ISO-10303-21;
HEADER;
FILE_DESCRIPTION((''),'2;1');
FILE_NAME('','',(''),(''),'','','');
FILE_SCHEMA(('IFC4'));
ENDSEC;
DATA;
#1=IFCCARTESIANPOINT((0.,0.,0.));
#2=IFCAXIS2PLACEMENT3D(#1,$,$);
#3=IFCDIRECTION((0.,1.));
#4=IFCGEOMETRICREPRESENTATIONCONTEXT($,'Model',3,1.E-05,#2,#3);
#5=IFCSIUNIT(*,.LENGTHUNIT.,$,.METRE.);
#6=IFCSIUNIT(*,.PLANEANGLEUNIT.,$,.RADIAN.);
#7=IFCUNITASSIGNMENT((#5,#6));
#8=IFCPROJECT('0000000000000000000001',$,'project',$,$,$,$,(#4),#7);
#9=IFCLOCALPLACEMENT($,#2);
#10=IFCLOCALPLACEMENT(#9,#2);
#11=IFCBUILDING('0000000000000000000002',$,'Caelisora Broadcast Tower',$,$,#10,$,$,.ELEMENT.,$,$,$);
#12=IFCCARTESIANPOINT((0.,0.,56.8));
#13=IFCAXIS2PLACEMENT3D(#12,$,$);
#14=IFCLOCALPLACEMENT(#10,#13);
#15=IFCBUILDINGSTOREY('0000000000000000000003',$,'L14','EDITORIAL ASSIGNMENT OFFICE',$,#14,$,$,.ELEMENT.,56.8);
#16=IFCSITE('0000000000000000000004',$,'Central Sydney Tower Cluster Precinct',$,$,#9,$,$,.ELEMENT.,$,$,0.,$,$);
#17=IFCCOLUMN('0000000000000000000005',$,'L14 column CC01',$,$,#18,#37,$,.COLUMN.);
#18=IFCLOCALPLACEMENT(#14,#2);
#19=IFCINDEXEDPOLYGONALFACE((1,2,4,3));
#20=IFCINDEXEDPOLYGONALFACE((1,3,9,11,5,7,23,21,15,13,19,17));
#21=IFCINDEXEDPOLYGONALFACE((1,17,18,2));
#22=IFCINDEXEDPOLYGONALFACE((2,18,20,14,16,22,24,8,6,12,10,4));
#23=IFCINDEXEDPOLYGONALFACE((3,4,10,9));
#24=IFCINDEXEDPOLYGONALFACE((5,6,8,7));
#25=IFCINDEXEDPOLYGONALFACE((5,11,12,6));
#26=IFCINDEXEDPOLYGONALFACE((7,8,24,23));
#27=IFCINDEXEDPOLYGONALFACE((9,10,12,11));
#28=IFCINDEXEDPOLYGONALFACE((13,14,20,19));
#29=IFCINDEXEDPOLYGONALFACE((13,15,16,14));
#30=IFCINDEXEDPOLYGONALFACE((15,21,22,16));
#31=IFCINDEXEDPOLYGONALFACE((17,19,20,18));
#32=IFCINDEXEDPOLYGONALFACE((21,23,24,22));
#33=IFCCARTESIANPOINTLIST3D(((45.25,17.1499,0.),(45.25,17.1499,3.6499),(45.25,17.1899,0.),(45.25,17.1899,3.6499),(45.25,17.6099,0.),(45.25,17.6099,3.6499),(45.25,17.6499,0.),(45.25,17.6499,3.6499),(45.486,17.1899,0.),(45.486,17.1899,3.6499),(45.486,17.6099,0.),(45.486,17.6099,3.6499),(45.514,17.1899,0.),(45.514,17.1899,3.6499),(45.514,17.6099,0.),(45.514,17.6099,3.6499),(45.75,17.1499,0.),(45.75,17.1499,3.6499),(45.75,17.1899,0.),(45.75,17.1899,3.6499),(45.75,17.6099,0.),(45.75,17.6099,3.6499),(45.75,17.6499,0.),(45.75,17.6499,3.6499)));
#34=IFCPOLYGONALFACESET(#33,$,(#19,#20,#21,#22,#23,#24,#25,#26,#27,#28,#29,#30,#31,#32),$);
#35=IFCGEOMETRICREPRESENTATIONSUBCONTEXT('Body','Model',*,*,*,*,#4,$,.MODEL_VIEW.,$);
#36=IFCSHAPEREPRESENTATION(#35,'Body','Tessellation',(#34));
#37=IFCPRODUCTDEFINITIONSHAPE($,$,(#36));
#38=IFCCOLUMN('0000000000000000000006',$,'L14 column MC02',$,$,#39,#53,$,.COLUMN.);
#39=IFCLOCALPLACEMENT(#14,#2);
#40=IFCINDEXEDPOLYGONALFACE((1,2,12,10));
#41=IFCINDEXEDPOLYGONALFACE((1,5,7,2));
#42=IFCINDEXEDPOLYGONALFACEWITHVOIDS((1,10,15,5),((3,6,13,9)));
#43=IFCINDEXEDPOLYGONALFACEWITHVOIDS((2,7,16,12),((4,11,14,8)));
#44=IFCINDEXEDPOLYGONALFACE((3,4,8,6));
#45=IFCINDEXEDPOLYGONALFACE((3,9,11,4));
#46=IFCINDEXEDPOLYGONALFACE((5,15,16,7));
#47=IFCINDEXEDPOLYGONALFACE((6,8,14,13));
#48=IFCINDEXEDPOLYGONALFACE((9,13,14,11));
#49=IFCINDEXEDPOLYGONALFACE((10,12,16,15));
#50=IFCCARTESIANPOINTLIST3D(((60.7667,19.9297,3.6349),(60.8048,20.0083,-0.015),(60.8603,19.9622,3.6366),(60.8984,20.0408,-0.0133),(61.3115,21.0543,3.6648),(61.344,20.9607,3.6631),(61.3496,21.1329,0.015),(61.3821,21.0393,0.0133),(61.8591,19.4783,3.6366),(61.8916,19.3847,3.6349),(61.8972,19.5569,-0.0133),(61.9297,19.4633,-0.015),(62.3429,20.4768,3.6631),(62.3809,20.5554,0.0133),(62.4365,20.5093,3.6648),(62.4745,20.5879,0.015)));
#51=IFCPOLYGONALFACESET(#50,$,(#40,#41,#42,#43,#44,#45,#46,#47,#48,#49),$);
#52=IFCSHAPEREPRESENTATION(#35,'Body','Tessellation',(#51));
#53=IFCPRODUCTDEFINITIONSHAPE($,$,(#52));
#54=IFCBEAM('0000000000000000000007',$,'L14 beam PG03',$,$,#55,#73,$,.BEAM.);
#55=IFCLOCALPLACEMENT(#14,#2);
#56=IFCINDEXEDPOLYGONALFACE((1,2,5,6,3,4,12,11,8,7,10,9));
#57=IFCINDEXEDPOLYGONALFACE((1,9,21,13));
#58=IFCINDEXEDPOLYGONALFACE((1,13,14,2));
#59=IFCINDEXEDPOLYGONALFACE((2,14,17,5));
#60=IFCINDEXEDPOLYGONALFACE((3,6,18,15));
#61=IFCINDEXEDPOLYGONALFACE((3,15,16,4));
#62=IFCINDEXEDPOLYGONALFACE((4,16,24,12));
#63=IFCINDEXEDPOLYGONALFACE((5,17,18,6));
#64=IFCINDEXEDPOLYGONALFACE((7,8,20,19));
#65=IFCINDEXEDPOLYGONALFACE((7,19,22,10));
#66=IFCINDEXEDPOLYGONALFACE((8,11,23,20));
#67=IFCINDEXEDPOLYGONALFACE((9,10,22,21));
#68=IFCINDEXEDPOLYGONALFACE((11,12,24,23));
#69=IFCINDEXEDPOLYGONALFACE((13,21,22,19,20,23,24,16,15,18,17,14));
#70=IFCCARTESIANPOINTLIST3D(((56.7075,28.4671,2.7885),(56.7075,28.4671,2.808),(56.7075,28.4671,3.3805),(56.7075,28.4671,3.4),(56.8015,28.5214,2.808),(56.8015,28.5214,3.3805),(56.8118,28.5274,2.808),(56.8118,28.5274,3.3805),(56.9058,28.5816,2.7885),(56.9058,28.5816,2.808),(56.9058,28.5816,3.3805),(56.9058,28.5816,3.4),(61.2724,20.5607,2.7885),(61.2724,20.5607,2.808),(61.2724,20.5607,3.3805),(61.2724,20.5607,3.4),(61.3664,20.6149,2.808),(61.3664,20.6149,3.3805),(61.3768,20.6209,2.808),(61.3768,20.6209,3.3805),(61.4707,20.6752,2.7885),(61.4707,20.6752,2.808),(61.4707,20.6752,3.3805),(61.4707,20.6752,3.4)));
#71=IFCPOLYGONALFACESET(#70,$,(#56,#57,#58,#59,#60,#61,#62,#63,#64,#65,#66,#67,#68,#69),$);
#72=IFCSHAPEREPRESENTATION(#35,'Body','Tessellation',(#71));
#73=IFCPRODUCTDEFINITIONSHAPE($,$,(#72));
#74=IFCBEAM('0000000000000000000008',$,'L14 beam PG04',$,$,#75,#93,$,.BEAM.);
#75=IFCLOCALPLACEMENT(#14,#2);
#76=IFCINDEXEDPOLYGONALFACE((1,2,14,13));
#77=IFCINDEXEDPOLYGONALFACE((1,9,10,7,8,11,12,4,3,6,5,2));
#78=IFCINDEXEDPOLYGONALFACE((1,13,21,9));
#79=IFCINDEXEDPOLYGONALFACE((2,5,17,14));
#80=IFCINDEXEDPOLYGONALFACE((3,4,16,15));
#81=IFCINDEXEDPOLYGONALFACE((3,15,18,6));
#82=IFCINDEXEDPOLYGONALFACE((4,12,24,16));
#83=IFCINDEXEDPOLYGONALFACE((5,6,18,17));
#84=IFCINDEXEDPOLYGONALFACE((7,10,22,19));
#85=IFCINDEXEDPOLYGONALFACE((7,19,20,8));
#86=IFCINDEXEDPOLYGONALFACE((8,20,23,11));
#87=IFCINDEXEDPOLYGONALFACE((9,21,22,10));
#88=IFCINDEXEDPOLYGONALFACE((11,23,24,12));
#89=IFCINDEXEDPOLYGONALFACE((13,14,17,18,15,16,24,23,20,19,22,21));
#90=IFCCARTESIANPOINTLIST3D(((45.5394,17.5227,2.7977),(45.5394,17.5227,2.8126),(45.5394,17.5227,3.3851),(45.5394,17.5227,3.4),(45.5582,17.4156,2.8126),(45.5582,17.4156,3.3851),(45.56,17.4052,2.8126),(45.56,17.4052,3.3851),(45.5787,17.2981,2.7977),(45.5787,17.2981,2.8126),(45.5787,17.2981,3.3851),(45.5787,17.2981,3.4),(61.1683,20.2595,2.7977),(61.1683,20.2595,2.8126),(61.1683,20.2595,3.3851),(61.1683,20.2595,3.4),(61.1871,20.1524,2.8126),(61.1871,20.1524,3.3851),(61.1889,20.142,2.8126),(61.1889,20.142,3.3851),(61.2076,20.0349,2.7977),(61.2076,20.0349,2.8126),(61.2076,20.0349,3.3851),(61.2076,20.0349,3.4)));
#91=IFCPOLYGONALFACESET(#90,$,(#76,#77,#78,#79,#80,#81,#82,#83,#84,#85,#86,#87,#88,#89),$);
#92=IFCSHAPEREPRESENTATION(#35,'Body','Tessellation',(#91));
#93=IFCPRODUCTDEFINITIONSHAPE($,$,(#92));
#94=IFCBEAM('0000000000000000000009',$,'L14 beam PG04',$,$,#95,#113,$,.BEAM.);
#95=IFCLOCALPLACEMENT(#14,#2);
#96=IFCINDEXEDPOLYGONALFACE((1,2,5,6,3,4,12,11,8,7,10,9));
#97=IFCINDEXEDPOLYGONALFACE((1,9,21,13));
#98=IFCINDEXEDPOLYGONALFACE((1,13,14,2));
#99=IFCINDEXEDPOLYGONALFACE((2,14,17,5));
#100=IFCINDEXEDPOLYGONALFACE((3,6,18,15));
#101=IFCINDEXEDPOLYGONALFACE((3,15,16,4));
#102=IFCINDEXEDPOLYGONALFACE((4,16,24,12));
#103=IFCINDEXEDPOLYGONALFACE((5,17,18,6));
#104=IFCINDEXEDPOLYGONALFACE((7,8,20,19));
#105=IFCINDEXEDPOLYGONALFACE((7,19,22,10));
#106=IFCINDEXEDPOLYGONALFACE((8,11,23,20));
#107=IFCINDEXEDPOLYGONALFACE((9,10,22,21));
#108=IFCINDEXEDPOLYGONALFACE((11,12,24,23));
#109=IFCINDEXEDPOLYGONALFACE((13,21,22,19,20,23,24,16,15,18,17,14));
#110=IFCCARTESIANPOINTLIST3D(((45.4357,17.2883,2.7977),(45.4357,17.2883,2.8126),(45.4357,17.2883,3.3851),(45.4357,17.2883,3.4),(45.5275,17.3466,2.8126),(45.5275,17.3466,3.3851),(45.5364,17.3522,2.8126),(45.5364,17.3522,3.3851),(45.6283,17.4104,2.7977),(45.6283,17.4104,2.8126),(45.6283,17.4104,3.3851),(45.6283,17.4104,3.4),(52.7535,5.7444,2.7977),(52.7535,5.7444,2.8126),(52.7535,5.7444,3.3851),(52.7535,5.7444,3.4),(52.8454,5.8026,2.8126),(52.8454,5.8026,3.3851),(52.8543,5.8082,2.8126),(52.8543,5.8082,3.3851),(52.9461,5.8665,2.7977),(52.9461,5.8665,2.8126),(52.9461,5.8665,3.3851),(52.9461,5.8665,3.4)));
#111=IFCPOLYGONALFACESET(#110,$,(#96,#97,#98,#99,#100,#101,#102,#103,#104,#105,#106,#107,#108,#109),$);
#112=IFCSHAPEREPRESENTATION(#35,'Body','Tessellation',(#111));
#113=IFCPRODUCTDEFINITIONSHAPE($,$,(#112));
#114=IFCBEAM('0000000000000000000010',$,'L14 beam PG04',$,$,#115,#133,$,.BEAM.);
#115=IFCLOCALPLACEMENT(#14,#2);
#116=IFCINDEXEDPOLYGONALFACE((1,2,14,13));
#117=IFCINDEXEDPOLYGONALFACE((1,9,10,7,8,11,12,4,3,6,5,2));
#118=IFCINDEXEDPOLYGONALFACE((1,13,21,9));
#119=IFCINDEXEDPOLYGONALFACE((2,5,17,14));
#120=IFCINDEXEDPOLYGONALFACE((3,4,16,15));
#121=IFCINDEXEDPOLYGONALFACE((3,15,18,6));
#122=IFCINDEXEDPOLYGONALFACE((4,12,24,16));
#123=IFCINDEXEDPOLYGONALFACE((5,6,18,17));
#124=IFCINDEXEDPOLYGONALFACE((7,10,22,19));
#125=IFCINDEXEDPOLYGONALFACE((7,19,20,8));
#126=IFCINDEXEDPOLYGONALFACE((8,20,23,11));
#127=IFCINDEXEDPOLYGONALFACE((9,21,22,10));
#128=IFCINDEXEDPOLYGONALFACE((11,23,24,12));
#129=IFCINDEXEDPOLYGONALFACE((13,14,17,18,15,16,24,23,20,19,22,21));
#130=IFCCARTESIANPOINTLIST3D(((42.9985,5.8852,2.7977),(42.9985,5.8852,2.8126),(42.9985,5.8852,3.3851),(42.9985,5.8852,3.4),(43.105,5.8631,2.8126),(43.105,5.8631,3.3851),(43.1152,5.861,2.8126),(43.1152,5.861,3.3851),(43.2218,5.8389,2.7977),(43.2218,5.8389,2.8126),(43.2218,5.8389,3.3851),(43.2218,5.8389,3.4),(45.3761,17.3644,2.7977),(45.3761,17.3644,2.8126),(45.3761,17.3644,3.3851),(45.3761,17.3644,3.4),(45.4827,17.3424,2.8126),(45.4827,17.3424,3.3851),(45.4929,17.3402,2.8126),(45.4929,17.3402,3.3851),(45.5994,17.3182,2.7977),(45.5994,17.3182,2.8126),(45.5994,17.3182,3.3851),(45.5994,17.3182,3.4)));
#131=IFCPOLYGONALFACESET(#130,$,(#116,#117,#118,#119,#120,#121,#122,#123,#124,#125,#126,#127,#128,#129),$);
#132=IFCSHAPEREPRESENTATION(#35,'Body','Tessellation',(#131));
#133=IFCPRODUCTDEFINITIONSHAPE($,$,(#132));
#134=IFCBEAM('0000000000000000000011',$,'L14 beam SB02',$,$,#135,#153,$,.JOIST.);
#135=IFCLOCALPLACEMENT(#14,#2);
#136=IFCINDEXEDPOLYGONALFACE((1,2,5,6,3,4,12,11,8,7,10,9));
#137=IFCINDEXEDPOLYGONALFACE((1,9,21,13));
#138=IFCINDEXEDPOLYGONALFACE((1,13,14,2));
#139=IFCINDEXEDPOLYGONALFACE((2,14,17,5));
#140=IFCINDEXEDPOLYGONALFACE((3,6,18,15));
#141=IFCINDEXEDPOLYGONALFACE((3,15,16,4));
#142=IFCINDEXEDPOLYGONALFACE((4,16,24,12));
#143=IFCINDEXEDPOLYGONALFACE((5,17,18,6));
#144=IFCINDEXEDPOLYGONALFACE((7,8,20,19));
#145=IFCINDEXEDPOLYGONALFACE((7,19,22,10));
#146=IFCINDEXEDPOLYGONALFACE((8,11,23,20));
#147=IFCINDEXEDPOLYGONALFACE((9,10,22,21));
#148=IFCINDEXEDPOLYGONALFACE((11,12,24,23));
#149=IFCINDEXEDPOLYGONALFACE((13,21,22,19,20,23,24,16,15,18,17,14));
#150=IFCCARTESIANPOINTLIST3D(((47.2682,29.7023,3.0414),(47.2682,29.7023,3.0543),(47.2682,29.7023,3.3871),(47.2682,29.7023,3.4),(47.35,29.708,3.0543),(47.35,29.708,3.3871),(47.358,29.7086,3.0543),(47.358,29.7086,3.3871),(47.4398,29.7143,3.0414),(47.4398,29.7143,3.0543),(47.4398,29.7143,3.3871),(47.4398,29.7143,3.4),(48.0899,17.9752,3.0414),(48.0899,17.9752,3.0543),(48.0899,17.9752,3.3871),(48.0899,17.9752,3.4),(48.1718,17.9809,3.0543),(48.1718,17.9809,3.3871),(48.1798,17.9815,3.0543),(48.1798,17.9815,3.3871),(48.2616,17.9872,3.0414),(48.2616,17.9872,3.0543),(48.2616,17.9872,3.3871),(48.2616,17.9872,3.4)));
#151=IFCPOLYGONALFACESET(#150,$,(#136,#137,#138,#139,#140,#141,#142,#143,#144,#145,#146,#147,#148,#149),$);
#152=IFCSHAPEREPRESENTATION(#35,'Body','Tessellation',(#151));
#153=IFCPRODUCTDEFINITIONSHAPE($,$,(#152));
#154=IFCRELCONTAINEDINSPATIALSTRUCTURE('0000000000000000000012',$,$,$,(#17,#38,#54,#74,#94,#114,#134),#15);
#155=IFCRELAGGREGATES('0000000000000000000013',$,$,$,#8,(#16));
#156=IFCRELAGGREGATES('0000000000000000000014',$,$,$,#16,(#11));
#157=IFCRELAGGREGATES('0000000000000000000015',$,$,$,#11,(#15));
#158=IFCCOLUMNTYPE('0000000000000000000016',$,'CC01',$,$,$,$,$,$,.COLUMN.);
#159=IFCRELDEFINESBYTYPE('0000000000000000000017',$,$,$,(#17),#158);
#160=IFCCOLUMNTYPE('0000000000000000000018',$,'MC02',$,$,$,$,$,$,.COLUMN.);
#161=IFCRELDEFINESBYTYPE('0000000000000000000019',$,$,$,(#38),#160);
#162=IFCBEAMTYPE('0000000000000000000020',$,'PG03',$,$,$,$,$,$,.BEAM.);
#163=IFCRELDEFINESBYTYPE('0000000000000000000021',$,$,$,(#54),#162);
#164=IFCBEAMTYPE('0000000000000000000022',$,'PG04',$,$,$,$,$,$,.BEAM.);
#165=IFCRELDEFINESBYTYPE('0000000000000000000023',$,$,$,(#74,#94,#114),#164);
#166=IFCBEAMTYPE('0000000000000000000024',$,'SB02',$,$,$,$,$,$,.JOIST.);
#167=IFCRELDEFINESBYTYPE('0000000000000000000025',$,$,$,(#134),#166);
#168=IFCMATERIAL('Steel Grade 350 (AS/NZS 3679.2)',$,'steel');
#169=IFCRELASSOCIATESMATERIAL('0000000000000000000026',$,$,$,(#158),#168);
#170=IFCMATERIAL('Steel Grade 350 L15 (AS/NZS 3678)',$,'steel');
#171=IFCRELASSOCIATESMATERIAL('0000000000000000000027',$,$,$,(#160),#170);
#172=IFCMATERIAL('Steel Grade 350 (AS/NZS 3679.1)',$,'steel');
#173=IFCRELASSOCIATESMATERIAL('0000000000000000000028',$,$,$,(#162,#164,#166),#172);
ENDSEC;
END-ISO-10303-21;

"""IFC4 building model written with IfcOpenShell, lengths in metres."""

from ifc_helpers import new_model, si_unit, direction, frame, origin, origin_2d, place, context, subcontext, project, spatial, hollow_rectangle, i_section, extrude, source, transform, mapped, material, material_profile, profile_set, type_object, type_shapes, element, save


model = new_model("IFC4")

# Units and contexts
model_context = context("Model", 3, precision=1e-05, world=origin(), true_north=direction((0.0, 1.0)))
body_context = subcontext(model_context, "Body", "Model", "MODEL_VIEW")
ifc_project = project(units=[si_unit("LENGTHUNIT", "METRE"), si_unit("PLANEANGLEUNIT", "RADIAN")], contexts=[model_context])

# Site, building, storey
site_placement = place(None, origin())
site = spatial("IfcSite", under=ifc_project, at=site_placement, Name="Central Sydney Tower Cluster Precinct", CompositionType="ELEMENT", RefElevation=0.0)
building_placement = place(site_placement, origin())
building = spatial("IfcBuilding", under=site, at=building_placement, Name="Caelisora Broadcast Tower", CompositionType="ELEMENT")
storey_placement = place(building_placement, frame((0.0, 0.0, 56.8)))
storey = spatial("IfcBuildingStorey", under=building, at=storey_placement, Name="L14", Description="EDITORIAL ASSIGNMENT OFFICE", CompositionType="ELEMENT", Elevation=56.8)

# Columns
ifc_material_1 = material(Name="Steel Grade 350 (AS/NZS 3679.2)", Category="steel")
ifc_material_profile_1 = material_profile(ifc_material_1, i_section(OverallWidth=0.5, OverallDepth=0.5, WebThickness=0.0281, FlangeThickness=0.04, at=origin_2d()), Name="Steel Grade 350 (AS/NZS 3679.2)")
ifc_profile_set_1 = profile_set([ifc_material_profile_1], Name="Steel Grade 350 (AS/NZS 3679.2)")
column_type_1 = type_object("IfcColumnType", Name="CC01", PredefinedType="COLUMN", material=ifc_profile_set_1)
shared_shape_1 = source(origin(), body_context, "Body", "SweptSolid", [
    extrude(i_section(OverallWidth=0.5, OverallDepth=0.5, WebThickness=0.0281, FlangeThickness=0.04, at=origin_2d()), origin(), (0.0, 0.0, 1.0), 3.6499),
])
type_shapes(column_type_1, [shared_shape_1])
column_1_placement = place(storey_placement, frame((45.5, 17.3999, 0.0), z_axis=(0.0, 0.0, 1.0), x_axis=(1.0, 0.0, 0.0)))
element("IfcColumn", 1, at=column_1_placement, inside=storey, type_object=column_type_1, Name="L14 column CC01", PredefinedType="COLUMN", context=body_context, shape_type="MappedRepresentation", body=[
    mapped(shared_shape_1, transform((0.0, 0.0, 0.0), scale=1.0)),
])
ifc_material_2 = material(Name="Steel Grade 350 L15 (AS/NZS 3678)", Category="steel")
ifc_material_profile_2 = material_profile(ifc_material_2, hollow_rectangle(XDim=1.25, YDim=1.25, WallThickness=0.0701, at=origin_2d()), Name="Steel Grade 350 L15 (AS/NZS 3678)")
ifc_profile_set_2 = profile_set([ifc_material_profile_2], Name="Steel Grade 350 L15 (AS/NZS 3678)")
column_type_2 = type_object("IfcColumnType", Name="MC02", PredefinedType="COLUMN", material=ifc_profile_set_2)
shared_shape_2 = source(origin(), body_context, "Body", "SweptSolid", [
    extrude(hollow_rectangle(XDim=1.25, YDim=1.25, WallThickness=0.0701, at=origin_2d()), origin(), (0.0, 0.0, 1.0), 3.6509),
])
type_shapes(column_type_2, [shared_shape_2])
column_2_placement = place(storey_placement, frame((61.6396, 20.2981, 0.0), z_axis=(-0.010432, -0.021532, 0.999714), x_axis=(0.899947, -0.435999, 0.0)))
element("IfcColumn", 2, at=column_2_placement, inside=storey, type_object=column_type_2, Name="L14 column MC02", PredefinedType="COLUMN", context=body_context, shape_type="MappedRepresentation", body=[
    mapped(shared_shape_2, transform((0.0, 0.0, 0.0), scale=1.0)),
])

# Beams
ifc_material_3 = material(Name="Steel Grade 350 (AS/NZS 3679.1)", Category="steel")
ifc_material_profile_3 = material_profile(ifc_material_3, i_section(OverallWidth=0.229, OverallDepth=0.6116, WebThickness=0.012, FlangeThickness=0.0195, at=origin_2d()), Name="Steel Grade 350 (AS/NZS 3679.1)")
ifc_profile_set_3 = profile_set([ifc_material_profile_3], Name="Steel Grade 350 (AS/NZS 3679.1)")
beam_type_1 = type_object("IfcBeamType", Name="PG03", PredefinedType="BEAM", material=ifc_profile_set_3)
shared_shape_3 = source(origin(), body_context, "Body", "SweptSolid", [
    extrude(i_section(OverallWidth=0.229, OverallDepth=0.6116, WebThickness=0.012, FlangeThickness=0.0195, at=origin_2d()), origin(), (0.0, 0.0, 1.0), 9.1296),
])
type_shapes(beam_type_1, [shared_shape_3])
beam_1_placement = place(storey_placement, frame((61.3716, 20.6179, 3.0942), z_axis=(-0.50001, 0.866019, 0.0), x_axis=(-0.866019, -0.50001, 0.0)))
element("IfcBeam", 3, at=beam_1_placement, inside=storey, type_object=beam_type_1, Name="L14 beam PG03", PredefinedType="BEAM", context=body_context, shape_type="MappedRepresentation", body=[
    mapped(shared_shape_3, transform((0.0, 0.0, 0.0), scale=1.0)),
])
ifc_material_profile_4 = material_profile(ifc_material_3, i_section(OverallWidth=0.228, OverallDepth=0.6023, WebThickness=0.0105, FlangeThickness=0.0149, at=origin_2d()), Name="Steel Grade 350 (AS/NZS 3679.1)")
ifc_profile_set_4 = profile_set([ifc_material_profile_4], Name="Steel Grade 350 (AS/NZS 3679.1)")
beam_type_2 = type_object("IfcBeamType", Name="PG04", PredefinedType="BEAM", material=ifc_profile_set_4)
shared_shape_4 = source(origin(), body_context, "Body", "SweptSolid", [
    extrude(i_section(OverallWidth=0.228, OverallDepth=0.6023, WebThickness=0.0105, FlangeThickness=0.0149, at=origin_2d()), origin(), (0.0, 0.0, 1.0), 15.8667),
])
beam_2_placement = place(storey_placement, frame((45.5591, 17.4104, 3.0989), z_axis=(0.985012, 0.172488, 0.0), x_axis=(-0.172488, 0.985012, 0.0)))
element("IfcBeam", 4, at=beam_2_placement, inside=storey, type_object=beam_type_2, Name="L14 beam PG04", PredefinedType="BEAM", context=body_context, shape_type="MappedRepresentation", body=[
    mapped(shared_shape_4, transform((0.0, 0.0, 0.0), scale=1.0)),
])
shared_shape_5 = source(origin(), body_context, "Body", "SweptSolid", [
    extrude(i_section(OverallWidth=0.228, OverallDepth=0.6023, WebThickness=0.0105, FlangeThickness=0.0149, at=origin_2d()), origin(), (0.0, 0.0, 1.0), 13.668),
])
beam_3_placement = place(storey_placement, frame((45.532, 17.3494, 3.0989), z_axis=(0.535402, -0.844597, 0.0), x_axis=(0.844597, 0.535402, 0.0)))
element("IfcBeam", 5, at=beam_3_placement, inside=storey, type_object=beam_type_2, Name="L14 beam PG04", PredefinedType="BEAM", context=body_context, shape_type="MappedRepresentation", body=[
    mapped(shared_shape_5, transform((0.0, 0.0, 0.0), scale=1.0)),
])
shared_shape_6 = source(origin(), body_context, "Body", "SweptSolid", [
    extrude(i_section(OverallWidth=0.228, OverallDepth=0.6023, WebThickness=0.0105, FlangeThickness=0.0149, at=origin_2d()), origin(), (0.0, 0.0, 1.0), 11.7229),
])
type_shapes(beam_type_2, [shared_shape_4, shared_shape_5, shared_shape_6])
beam_4_placement = place(storey_placement, frame((45.4878, 17.3413, 3.0989), z_axis=(-0.202824, -0.979215, 0.0), x_axis=(0.979215, -0.202824, 0.0)))
element("IfcBeam", 6, at=beam_4_placement, inside=storey, type_object=beam_type_2, Name="L14 beam PG04", PredefinedType="BEAM", context=body_context, shape_type="MappedRepresentation", body=[
    mapped(shared_shape_6, transform((0.0, 0.0, 0.0), scale=1.0)),
])
ifc_material_profile_5 = material_profile(ifc_material_3, i_section(OverallWidth=0.1721, OverallDepth=0.3586, WebThickness=0.0081, FlangeThickness=0.0129, at=origin_2d()), Name="Steel Grade 350 (AS/NZS 3679.1)")
ifc_profile_set_5 = profile_set([ifc_material_profile_5], Name="Steel Grade 350 (AS/NZS 3679.1)")
beam_type_3 = type_object("IfcBeamType", Name="SB02", PredefinedType="JOIST", material=ifc_profile_set_5)
shared_shape_7 = source(origin(), body_context, "Body", "SweptSolid", [
    extrude(i_section(OverallWidth=0.1721, OverallDepth=0.3586, WebThickness=0.0081, FlangeThickness=0.0129, at=origin_2d()), origin(), (0.0, 0.0, 1.0), 11.7559),
])
beam_5_placement = place(storey_placement, frame((48.1758, 17.9812, 3.2207), z_axis=(-0.069904, 0.997554, 0.0), x_axis=(-0.997554, -0.069904, 0.0)))
element("IfcBeam", 7, at=beam_5_placement, inside=storey, type_object=beam_type_3, Name="L14 beam SB02", PredefinedType="JOIST", context=body_context, shape_type="MappedRepresentation", body=[
    mapped(shared_shape_7, transform((0.0, 0.0, 0.0), scale=1.0)),
])

save(model, "model.ifc")
